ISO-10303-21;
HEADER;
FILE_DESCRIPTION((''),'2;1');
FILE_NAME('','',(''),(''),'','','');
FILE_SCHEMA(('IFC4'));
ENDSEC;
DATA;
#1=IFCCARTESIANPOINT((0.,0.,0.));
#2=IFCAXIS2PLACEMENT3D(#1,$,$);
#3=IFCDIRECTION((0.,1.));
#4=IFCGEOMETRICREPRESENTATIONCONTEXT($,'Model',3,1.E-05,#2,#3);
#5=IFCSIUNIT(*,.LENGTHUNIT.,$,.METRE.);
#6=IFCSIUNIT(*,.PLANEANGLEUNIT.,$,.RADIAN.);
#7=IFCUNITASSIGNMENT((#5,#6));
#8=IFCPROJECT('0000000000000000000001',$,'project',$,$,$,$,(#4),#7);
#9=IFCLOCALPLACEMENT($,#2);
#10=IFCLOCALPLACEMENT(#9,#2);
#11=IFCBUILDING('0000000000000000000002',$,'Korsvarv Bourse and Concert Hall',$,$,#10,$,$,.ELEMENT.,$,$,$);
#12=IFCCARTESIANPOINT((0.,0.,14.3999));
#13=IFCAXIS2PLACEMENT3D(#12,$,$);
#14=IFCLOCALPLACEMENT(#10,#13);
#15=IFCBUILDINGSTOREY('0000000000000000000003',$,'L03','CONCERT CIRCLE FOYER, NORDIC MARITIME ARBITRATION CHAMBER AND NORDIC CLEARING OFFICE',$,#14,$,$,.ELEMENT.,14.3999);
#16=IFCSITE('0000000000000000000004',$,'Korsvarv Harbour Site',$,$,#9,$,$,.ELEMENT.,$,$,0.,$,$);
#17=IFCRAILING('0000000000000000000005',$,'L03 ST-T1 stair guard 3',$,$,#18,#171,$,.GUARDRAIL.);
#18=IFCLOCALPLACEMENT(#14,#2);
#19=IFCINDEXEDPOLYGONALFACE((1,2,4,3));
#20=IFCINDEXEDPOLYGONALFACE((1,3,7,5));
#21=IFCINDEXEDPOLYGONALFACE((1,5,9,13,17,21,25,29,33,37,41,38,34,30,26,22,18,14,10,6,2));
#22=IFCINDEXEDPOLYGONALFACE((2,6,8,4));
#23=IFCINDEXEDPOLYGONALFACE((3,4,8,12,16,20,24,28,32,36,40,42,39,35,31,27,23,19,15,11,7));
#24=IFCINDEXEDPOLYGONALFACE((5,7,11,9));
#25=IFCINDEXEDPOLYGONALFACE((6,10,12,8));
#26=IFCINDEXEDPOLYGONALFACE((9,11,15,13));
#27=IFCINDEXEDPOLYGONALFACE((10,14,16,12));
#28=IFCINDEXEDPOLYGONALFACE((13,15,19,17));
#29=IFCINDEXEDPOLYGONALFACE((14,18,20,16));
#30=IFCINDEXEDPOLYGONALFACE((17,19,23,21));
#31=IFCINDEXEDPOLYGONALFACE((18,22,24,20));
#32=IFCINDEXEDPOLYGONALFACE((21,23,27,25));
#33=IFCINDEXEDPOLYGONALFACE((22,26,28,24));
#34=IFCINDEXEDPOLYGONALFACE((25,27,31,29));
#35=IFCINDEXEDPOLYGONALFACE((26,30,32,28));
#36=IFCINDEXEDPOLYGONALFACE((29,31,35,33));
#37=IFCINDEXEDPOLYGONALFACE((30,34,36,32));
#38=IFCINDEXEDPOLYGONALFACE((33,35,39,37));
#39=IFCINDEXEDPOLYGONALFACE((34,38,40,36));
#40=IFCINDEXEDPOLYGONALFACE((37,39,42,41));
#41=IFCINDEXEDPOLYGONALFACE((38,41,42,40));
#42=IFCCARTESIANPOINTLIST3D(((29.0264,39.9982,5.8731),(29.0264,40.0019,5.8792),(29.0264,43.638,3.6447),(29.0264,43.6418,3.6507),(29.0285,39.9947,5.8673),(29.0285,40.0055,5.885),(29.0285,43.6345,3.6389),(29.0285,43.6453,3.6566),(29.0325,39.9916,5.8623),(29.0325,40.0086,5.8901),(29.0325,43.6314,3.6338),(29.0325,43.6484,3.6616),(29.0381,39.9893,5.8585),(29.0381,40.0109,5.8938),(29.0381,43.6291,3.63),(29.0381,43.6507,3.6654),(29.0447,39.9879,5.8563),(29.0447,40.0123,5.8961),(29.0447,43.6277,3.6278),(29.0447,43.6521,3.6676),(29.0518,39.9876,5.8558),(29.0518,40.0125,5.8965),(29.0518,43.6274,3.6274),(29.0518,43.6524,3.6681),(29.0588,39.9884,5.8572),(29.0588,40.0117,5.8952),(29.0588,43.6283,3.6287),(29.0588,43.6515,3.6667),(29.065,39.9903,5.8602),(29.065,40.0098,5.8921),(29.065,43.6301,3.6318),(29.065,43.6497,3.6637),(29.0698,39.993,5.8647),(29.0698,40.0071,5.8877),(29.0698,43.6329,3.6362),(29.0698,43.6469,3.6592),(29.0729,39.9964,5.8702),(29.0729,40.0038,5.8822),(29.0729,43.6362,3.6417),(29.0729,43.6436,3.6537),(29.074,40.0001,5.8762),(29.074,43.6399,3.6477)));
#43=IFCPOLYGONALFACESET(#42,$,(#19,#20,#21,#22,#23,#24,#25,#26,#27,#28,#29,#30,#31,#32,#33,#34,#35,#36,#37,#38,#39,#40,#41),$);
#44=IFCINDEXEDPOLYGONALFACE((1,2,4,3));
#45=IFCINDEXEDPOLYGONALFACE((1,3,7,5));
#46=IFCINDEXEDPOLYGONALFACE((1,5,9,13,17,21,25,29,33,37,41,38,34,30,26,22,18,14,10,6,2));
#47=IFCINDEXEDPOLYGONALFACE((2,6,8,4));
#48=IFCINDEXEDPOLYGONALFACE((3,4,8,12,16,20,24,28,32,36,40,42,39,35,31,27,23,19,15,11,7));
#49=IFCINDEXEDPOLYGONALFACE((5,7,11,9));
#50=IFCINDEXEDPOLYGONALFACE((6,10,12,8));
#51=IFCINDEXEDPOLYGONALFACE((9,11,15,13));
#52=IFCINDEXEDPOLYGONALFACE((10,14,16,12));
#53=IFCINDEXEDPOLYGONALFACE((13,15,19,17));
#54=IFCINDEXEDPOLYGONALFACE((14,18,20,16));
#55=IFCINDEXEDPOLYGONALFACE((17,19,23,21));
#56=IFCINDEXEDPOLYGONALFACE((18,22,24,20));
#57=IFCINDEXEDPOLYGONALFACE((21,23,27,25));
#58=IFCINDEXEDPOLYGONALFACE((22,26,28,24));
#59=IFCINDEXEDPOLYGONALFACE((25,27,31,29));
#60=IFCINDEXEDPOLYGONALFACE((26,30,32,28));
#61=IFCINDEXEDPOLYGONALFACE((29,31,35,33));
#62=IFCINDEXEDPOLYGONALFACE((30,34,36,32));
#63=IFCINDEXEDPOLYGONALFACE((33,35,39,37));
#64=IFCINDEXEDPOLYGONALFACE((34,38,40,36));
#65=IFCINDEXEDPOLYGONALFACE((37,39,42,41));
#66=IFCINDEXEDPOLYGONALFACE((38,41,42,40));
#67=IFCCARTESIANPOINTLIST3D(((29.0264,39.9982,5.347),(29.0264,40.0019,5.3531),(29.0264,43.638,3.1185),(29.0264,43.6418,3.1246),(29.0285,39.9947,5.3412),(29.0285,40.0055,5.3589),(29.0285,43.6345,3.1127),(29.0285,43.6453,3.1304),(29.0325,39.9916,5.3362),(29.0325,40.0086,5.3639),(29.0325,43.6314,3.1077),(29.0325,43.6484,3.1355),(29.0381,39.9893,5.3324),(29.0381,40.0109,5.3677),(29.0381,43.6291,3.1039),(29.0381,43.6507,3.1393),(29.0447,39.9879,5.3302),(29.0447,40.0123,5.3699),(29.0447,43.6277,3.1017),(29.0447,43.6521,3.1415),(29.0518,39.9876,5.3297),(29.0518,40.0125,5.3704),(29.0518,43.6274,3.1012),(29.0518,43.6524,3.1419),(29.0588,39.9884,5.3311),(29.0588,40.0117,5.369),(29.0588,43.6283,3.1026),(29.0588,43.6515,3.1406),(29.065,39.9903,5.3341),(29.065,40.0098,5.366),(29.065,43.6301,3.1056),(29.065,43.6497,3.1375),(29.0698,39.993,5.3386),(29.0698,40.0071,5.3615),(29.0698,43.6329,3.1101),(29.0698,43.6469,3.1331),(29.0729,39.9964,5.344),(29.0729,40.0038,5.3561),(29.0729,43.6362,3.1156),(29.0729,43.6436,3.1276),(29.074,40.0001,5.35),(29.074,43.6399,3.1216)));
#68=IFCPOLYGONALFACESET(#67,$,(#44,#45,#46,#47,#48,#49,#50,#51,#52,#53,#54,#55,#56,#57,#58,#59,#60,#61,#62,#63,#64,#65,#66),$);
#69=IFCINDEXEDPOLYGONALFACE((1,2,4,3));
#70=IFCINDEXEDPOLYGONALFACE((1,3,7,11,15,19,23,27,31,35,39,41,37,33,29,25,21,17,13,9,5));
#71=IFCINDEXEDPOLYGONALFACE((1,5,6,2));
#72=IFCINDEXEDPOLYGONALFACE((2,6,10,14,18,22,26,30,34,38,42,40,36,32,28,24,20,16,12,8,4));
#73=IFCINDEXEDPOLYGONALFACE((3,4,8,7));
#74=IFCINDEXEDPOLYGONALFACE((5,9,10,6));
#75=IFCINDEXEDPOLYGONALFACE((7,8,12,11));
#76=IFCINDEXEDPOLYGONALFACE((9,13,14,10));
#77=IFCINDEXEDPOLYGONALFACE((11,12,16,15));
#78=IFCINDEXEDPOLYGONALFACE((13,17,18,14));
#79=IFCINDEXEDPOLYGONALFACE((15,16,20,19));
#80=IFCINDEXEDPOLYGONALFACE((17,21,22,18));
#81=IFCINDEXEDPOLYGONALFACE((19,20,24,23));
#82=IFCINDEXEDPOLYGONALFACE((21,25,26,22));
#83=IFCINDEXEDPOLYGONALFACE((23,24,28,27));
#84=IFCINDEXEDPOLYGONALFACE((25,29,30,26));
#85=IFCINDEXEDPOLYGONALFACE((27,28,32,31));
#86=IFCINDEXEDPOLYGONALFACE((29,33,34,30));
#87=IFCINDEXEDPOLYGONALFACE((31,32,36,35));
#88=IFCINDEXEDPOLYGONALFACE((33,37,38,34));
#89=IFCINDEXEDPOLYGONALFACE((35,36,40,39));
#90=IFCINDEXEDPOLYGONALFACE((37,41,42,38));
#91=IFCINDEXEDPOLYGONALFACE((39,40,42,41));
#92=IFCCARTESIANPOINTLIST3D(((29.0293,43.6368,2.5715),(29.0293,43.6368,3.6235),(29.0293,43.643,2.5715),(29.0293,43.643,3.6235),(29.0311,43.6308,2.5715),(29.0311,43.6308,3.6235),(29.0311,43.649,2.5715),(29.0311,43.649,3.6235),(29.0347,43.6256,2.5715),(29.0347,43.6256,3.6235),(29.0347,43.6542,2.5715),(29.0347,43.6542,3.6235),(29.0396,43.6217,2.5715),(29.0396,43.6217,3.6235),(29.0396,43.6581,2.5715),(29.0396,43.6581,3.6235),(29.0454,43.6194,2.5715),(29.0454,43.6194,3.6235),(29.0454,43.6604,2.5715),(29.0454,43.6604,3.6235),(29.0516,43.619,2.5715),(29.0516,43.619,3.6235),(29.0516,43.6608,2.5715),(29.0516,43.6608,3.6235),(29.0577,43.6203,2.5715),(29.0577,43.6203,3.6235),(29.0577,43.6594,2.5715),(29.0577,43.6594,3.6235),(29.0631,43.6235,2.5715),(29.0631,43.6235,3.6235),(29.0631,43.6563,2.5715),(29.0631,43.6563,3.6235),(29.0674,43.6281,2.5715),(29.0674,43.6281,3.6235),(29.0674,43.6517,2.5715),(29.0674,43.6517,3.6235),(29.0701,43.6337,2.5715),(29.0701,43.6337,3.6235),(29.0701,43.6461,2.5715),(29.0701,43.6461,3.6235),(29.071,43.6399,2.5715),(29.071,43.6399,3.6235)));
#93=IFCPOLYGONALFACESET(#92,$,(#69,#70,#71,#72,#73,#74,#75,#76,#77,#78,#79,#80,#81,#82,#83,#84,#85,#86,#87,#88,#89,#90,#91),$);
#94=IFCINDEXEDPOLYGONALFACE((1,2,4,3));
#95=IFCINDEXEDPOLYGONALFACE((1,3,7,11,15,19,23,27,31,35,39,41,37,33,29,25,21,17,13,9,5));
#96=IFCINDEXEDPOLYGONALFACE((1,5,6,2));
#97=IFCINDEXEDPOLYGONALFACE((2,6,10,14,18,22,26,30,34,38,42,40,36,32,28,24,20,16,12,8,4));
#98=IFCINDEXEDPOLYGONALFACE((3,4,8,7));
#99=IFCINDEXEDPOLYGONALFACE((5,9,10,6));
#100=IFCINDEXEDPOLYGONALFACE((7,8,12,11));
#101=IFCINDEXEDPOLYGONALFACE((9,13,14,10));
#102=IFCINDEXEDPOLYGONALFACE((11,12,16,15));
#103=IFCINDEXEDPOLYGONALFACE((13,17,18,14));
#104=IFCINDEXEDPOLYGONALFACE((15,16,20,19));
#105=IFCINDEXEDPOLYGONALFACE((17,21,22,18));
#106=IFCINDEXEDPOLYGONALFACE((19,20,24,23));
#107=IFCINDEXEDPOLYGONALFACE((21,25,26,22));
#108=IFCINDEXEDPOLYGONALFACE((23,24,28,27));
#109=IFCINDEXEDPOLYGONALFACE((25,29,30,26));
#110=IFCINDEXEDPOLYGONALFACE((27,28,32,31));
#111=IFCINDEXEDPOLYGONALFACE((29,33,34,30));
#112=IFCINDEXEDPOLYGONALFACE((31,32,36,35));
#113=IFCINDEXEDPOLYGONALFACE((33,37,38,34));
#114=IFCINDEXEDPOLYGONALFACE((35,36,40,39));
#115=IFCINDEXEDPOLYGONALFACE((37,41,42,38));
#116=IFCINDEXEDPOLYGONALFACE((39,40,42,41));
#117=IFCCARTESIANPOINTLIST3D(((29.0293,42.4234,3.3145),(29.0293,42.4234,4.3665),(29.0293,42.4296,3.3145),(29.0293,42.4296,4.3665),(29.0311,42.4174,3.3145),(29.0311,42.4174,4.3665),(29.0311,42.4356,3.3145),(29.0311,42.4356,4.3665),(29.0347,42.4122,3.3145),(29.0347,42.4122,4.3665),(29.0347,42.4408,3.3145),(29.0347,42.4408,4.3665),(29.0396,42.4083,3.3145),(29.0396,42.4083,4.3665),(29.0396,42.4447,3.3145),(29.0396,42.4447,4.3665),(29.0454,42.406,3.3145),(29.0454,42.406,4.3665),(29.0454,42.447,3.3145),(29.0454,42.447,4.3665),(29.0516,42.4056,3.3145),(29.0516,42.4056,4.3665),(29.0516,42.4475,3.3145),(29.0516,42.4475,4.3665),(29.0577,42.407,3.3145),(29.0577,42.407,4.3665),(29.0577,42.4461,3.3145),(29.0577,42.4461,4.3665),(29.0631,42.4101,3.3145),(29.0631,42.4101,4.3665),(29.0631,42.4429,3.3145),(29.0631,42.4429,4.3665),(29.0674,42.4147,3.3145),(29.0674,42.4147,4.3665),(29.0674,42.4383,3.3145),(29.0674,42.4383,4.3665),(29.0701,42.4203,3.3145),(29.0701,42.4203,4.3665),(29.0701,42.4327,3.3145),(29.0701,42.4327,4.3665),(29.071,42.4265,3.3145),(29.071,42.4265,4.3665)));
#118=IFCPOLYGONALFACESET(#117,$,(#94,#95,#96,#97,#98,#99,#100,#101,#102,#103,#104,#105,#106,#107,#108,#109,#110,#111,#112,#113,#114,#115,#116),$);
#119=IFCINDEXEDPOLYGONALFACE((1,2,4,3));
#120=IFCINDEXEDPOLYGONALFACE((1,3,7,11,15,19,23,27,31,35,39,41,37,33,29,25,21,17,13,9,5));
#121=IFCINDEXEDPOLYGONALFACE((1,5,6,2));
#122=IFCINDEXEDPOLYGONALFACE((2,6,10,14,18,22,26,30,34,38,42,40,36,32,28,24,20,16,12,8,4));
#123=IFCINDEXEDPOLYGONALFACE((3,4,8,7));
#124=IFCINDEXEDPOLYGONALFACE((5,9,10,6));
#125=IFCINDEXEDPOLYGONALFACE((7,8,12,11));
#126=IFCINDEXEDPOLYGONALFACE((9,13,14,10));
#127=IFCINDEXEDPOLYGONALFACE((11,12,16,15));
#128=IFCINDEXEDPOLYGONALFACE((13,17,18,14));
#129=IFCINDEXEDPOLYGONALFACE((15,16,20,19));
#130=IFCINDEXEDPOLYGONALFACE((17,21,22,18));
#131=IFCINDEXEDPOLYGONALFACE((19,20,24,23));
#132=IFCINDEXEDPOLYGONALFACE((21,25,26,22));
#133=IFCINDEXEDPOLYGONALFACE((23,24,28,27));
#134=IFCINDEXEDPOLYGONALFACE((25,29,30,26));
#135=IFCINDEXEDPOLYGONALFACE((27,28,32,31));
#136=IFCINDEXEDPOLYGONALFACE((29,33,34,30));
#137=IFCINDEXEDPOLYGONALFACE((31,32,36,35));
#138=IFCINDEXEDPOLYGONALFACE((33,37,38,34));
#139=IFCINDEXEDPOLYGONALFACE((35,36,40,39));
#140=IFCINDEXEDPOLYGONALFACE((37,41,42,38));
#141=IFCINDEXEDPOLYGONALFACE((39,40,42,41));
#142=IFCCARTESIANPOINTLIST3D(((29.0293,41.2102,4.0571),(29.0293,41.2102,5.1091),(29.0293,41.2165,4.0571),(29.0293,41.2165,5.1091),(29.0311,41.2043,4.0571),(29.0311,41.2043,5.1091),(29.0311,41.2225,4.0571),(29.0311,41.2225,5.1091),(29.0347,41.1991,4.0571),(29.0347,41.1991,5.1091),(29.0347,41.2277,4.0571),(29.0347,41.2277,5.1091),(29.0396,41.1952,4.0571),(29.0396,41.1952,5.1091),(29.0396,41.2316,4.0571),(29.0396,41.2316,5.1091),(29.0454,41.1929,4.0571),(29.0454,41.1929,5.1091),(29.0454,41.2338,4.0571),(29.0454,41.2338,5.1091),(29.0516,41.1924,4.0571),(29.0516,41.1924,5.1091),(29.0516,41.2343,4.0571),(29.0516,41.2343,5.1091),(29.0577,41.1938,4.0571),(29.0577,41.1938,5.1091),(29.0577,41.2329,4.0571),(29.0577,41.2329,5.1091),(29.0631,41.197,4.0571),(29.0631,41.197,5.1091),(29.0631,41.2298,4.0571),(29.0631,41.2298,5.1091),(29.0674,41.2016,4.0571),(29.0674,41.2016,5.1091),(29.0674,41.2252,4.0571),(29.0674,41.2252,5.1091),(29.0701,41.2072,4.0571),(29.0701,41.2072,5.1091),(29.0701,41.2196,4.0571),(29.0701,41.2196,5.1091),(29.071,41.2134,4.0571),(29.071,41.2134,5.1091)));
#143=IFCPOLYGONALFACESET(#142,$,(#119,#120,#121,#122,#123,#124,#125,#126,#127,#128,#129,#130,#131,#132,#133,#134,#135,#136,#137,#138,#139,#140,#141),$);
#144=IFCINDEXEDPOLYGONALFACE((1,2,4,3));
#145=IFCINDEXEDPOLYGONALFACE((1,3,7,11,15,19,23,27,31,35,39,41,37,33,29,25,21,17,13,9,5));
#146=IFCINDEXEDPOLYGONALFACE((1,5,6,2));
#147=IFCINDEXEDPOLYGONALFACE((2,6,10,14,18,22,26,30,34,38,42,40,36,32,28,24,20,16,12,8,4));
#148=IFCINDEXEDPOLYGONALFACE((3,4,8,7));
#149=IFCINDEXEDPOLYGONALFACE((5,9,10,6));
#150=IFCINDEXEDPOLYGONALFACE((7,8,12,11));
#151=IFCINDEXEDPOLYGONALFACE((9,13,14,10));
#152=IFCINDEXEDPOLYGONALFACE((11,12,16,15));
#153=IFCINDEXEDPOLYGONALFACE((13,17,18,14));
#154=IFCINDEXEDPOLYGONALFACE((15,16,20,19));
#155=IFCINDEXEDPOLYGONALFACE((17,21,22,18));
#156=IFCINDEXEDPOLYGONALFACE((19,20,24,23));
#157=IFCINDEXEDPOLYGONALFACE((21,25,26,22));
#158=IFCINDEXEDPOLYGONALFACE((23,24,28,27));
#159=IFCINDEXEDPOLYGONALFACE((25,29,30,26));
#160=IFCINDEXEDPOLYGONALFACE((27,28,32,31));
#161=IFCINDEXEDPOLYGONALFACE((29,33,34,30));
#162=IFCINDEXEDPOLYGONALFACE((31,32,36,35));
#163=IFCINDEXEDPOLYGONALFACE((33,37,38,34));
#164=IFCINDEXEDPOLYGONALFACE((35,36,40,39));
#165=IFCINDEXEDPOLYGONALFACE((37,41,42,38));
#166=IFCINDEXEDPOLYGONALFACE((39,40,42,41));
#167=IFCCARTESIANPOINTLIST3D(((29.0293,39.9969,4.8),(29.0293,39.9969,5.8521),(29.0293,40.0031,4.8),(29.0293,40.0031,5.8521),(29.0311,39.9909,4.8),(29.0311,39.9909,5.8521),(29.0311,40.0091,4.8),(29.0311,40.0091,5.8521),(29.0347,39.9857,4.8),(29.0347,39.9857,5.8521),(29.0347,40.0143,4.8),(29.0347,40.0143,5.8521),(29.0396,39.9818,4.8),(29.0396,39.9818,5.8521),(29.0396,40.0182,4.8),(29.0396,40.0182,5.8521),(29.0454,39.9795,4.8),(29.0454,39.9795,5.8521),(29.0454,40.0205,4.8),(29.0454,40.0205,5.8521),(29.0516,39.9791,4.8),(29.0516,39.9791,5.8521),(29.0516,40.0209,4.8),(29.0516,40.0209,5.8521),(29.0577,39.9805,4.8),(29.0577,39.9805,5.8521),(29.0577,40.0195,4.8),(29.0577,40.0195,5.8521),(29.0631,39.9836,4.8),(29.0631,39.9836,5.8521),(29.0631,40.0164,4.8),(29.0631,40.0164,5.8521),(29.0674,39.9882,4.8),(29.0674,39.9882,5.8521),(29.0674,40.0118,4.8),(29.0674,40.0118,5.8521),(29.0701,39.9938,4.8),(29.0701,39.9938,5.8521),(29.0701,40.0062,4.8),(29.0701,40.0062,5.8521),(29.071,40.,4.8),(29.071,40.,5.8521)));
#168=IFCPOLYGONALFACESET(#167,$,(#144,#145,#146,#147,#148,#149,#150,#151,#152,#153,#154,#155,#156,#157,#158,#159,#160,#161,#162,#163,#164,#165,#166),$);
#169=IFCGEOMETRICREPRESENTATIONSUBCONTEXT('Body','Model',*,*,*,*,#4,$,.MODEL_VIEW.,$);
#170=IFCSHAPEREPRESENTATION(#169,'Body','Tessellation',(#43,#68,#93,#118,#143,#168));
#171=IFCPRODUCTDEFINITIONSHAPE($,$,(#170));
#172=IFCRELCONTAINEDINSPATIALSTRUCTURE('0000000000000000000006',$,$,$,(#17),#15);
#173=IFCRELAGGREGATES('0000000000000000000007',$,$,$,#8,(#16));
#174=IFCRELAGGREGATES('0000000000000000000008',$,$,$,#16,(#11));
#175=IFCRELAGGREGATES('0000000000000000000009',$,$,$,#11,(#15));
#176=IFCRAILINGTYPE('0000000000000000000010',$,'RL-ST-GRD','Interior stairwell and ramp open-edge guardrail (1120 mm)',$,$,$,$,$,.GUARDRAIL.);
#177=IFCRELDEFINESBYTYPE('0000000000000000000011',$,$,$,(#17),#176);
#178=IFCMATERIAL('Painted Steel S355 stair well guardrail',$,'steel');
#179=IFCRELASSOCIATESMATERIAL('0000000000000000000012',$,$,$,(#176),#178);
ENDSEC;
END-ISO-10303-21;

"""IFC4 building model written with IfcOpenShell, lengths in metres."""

from ifc_helpers import new_model, si_unit, direction, frame, origin, origin_2d, place, context, subcontext, project, spatial, circle, extrude, material, type_object, element, save


model = new_model("IFC4")

# Units and contexts
model_context = context("Model", 3, precision=1e-05, world=origin(), true_north=direction((0.0, 1.0)))
body_context = subcontext(model_context, "Body", "Model", "MODEL_VIEW")
ifc_project = project(units=[si_unit("LENGTHUNIT", "METRE"), si_unit("PLANEANGLEUNIT", "RADIAN")], contexts=[model_context])

# Site, building, storey
site_placement = place(None, origin())
site = spatial("IfcSite", under=ifc_project, at=site_placement, Name="Korsvarv Harbour Site", CompositionType="ELEMENT", RefElevation=0.0)
building_placement = place(site_placement, origin())
building = spatial("IfcBuilding", under=site, at=building_placement, Name="Korsvarv Bourse and Concert Hall", CompositionType="ELEMENT")
storey_placement = place(building_placement, frame((0.0, 0.0, 14.3999)))
storey = spatial("IfcBuildingStorey", under=building, at=storey_placement, Name="L03", Description="CONCERT CIRCLE FOYER, NORDIC MARITIME ARBITRATION CHAMBER AND NORDIC CLEARING OFFICE", CompositionType="ELEMENT", Elevation=14.3999)

# Railing
ifc_material_1 = material(Name="Painted Steel S355 stair well guardrail", Category="steel")
railing_type_1 = type_object("IfcRailingType", Name="RL-ST-GRD", Description="Interior stairwell and ramp open-edge guardrail (1120 mm)", PredefinedType="GUARDRAIL", material=ifc_material_1)
railing_1_placement = place(storey_placement, frame((29.05, 43.6399, 2.5715)))
element("IfcRailing", 1, at=railing_1_placement, inside=storey, type_object=railing_type_1, Name="L03 ST-T1 stair guard 3", PredefinedType="GUARDRAIL", context=body_context, shape_type="SweptSolid", body=[
    extrude(circle(Radius=0.0239, at=origin_2d()), frame((0.0, 0.0, 1.0762), z_axis=(0.0, -0.85285, 0.522156), x_axis=(1.0, 0.0, 0.0)), (0.0, 0.0, 1.0), 4.2678),
    extrude(circle(Radius=0.0239, at=origin_2d()), frame((0.0, 0.0, 0.55), z_axis=(0.0, -0.85285, 0.522156), x_axis=(1.0, 0.0, 0.0)), (0.0, 0.0, 1.0), 4.2678),
    extrude(circle(Radius=0.021, at=origin_2d()), origin(), (0.0, 0.0, 1.0), 1.052),
    extrude(circle(Radius=0.021, at=origin_2d()), frame((0.0, -1.2134, 0.7429)), (0.0, 0.0, 1.0), 1.052),
    extrude(circle(Radius=0.021, at=origin_2d()), frame((0.0, -2.4265, 1.4856)), (0.0, 0.0, 1.0), 1.052),
    extrude(circle(Radius=0.021, at=origin_2d()), frame((0.0, -3.6399, 2.2285)), (0.0, 0.0, 1.0), 1.052),
])

save(model, "model.ifc")
